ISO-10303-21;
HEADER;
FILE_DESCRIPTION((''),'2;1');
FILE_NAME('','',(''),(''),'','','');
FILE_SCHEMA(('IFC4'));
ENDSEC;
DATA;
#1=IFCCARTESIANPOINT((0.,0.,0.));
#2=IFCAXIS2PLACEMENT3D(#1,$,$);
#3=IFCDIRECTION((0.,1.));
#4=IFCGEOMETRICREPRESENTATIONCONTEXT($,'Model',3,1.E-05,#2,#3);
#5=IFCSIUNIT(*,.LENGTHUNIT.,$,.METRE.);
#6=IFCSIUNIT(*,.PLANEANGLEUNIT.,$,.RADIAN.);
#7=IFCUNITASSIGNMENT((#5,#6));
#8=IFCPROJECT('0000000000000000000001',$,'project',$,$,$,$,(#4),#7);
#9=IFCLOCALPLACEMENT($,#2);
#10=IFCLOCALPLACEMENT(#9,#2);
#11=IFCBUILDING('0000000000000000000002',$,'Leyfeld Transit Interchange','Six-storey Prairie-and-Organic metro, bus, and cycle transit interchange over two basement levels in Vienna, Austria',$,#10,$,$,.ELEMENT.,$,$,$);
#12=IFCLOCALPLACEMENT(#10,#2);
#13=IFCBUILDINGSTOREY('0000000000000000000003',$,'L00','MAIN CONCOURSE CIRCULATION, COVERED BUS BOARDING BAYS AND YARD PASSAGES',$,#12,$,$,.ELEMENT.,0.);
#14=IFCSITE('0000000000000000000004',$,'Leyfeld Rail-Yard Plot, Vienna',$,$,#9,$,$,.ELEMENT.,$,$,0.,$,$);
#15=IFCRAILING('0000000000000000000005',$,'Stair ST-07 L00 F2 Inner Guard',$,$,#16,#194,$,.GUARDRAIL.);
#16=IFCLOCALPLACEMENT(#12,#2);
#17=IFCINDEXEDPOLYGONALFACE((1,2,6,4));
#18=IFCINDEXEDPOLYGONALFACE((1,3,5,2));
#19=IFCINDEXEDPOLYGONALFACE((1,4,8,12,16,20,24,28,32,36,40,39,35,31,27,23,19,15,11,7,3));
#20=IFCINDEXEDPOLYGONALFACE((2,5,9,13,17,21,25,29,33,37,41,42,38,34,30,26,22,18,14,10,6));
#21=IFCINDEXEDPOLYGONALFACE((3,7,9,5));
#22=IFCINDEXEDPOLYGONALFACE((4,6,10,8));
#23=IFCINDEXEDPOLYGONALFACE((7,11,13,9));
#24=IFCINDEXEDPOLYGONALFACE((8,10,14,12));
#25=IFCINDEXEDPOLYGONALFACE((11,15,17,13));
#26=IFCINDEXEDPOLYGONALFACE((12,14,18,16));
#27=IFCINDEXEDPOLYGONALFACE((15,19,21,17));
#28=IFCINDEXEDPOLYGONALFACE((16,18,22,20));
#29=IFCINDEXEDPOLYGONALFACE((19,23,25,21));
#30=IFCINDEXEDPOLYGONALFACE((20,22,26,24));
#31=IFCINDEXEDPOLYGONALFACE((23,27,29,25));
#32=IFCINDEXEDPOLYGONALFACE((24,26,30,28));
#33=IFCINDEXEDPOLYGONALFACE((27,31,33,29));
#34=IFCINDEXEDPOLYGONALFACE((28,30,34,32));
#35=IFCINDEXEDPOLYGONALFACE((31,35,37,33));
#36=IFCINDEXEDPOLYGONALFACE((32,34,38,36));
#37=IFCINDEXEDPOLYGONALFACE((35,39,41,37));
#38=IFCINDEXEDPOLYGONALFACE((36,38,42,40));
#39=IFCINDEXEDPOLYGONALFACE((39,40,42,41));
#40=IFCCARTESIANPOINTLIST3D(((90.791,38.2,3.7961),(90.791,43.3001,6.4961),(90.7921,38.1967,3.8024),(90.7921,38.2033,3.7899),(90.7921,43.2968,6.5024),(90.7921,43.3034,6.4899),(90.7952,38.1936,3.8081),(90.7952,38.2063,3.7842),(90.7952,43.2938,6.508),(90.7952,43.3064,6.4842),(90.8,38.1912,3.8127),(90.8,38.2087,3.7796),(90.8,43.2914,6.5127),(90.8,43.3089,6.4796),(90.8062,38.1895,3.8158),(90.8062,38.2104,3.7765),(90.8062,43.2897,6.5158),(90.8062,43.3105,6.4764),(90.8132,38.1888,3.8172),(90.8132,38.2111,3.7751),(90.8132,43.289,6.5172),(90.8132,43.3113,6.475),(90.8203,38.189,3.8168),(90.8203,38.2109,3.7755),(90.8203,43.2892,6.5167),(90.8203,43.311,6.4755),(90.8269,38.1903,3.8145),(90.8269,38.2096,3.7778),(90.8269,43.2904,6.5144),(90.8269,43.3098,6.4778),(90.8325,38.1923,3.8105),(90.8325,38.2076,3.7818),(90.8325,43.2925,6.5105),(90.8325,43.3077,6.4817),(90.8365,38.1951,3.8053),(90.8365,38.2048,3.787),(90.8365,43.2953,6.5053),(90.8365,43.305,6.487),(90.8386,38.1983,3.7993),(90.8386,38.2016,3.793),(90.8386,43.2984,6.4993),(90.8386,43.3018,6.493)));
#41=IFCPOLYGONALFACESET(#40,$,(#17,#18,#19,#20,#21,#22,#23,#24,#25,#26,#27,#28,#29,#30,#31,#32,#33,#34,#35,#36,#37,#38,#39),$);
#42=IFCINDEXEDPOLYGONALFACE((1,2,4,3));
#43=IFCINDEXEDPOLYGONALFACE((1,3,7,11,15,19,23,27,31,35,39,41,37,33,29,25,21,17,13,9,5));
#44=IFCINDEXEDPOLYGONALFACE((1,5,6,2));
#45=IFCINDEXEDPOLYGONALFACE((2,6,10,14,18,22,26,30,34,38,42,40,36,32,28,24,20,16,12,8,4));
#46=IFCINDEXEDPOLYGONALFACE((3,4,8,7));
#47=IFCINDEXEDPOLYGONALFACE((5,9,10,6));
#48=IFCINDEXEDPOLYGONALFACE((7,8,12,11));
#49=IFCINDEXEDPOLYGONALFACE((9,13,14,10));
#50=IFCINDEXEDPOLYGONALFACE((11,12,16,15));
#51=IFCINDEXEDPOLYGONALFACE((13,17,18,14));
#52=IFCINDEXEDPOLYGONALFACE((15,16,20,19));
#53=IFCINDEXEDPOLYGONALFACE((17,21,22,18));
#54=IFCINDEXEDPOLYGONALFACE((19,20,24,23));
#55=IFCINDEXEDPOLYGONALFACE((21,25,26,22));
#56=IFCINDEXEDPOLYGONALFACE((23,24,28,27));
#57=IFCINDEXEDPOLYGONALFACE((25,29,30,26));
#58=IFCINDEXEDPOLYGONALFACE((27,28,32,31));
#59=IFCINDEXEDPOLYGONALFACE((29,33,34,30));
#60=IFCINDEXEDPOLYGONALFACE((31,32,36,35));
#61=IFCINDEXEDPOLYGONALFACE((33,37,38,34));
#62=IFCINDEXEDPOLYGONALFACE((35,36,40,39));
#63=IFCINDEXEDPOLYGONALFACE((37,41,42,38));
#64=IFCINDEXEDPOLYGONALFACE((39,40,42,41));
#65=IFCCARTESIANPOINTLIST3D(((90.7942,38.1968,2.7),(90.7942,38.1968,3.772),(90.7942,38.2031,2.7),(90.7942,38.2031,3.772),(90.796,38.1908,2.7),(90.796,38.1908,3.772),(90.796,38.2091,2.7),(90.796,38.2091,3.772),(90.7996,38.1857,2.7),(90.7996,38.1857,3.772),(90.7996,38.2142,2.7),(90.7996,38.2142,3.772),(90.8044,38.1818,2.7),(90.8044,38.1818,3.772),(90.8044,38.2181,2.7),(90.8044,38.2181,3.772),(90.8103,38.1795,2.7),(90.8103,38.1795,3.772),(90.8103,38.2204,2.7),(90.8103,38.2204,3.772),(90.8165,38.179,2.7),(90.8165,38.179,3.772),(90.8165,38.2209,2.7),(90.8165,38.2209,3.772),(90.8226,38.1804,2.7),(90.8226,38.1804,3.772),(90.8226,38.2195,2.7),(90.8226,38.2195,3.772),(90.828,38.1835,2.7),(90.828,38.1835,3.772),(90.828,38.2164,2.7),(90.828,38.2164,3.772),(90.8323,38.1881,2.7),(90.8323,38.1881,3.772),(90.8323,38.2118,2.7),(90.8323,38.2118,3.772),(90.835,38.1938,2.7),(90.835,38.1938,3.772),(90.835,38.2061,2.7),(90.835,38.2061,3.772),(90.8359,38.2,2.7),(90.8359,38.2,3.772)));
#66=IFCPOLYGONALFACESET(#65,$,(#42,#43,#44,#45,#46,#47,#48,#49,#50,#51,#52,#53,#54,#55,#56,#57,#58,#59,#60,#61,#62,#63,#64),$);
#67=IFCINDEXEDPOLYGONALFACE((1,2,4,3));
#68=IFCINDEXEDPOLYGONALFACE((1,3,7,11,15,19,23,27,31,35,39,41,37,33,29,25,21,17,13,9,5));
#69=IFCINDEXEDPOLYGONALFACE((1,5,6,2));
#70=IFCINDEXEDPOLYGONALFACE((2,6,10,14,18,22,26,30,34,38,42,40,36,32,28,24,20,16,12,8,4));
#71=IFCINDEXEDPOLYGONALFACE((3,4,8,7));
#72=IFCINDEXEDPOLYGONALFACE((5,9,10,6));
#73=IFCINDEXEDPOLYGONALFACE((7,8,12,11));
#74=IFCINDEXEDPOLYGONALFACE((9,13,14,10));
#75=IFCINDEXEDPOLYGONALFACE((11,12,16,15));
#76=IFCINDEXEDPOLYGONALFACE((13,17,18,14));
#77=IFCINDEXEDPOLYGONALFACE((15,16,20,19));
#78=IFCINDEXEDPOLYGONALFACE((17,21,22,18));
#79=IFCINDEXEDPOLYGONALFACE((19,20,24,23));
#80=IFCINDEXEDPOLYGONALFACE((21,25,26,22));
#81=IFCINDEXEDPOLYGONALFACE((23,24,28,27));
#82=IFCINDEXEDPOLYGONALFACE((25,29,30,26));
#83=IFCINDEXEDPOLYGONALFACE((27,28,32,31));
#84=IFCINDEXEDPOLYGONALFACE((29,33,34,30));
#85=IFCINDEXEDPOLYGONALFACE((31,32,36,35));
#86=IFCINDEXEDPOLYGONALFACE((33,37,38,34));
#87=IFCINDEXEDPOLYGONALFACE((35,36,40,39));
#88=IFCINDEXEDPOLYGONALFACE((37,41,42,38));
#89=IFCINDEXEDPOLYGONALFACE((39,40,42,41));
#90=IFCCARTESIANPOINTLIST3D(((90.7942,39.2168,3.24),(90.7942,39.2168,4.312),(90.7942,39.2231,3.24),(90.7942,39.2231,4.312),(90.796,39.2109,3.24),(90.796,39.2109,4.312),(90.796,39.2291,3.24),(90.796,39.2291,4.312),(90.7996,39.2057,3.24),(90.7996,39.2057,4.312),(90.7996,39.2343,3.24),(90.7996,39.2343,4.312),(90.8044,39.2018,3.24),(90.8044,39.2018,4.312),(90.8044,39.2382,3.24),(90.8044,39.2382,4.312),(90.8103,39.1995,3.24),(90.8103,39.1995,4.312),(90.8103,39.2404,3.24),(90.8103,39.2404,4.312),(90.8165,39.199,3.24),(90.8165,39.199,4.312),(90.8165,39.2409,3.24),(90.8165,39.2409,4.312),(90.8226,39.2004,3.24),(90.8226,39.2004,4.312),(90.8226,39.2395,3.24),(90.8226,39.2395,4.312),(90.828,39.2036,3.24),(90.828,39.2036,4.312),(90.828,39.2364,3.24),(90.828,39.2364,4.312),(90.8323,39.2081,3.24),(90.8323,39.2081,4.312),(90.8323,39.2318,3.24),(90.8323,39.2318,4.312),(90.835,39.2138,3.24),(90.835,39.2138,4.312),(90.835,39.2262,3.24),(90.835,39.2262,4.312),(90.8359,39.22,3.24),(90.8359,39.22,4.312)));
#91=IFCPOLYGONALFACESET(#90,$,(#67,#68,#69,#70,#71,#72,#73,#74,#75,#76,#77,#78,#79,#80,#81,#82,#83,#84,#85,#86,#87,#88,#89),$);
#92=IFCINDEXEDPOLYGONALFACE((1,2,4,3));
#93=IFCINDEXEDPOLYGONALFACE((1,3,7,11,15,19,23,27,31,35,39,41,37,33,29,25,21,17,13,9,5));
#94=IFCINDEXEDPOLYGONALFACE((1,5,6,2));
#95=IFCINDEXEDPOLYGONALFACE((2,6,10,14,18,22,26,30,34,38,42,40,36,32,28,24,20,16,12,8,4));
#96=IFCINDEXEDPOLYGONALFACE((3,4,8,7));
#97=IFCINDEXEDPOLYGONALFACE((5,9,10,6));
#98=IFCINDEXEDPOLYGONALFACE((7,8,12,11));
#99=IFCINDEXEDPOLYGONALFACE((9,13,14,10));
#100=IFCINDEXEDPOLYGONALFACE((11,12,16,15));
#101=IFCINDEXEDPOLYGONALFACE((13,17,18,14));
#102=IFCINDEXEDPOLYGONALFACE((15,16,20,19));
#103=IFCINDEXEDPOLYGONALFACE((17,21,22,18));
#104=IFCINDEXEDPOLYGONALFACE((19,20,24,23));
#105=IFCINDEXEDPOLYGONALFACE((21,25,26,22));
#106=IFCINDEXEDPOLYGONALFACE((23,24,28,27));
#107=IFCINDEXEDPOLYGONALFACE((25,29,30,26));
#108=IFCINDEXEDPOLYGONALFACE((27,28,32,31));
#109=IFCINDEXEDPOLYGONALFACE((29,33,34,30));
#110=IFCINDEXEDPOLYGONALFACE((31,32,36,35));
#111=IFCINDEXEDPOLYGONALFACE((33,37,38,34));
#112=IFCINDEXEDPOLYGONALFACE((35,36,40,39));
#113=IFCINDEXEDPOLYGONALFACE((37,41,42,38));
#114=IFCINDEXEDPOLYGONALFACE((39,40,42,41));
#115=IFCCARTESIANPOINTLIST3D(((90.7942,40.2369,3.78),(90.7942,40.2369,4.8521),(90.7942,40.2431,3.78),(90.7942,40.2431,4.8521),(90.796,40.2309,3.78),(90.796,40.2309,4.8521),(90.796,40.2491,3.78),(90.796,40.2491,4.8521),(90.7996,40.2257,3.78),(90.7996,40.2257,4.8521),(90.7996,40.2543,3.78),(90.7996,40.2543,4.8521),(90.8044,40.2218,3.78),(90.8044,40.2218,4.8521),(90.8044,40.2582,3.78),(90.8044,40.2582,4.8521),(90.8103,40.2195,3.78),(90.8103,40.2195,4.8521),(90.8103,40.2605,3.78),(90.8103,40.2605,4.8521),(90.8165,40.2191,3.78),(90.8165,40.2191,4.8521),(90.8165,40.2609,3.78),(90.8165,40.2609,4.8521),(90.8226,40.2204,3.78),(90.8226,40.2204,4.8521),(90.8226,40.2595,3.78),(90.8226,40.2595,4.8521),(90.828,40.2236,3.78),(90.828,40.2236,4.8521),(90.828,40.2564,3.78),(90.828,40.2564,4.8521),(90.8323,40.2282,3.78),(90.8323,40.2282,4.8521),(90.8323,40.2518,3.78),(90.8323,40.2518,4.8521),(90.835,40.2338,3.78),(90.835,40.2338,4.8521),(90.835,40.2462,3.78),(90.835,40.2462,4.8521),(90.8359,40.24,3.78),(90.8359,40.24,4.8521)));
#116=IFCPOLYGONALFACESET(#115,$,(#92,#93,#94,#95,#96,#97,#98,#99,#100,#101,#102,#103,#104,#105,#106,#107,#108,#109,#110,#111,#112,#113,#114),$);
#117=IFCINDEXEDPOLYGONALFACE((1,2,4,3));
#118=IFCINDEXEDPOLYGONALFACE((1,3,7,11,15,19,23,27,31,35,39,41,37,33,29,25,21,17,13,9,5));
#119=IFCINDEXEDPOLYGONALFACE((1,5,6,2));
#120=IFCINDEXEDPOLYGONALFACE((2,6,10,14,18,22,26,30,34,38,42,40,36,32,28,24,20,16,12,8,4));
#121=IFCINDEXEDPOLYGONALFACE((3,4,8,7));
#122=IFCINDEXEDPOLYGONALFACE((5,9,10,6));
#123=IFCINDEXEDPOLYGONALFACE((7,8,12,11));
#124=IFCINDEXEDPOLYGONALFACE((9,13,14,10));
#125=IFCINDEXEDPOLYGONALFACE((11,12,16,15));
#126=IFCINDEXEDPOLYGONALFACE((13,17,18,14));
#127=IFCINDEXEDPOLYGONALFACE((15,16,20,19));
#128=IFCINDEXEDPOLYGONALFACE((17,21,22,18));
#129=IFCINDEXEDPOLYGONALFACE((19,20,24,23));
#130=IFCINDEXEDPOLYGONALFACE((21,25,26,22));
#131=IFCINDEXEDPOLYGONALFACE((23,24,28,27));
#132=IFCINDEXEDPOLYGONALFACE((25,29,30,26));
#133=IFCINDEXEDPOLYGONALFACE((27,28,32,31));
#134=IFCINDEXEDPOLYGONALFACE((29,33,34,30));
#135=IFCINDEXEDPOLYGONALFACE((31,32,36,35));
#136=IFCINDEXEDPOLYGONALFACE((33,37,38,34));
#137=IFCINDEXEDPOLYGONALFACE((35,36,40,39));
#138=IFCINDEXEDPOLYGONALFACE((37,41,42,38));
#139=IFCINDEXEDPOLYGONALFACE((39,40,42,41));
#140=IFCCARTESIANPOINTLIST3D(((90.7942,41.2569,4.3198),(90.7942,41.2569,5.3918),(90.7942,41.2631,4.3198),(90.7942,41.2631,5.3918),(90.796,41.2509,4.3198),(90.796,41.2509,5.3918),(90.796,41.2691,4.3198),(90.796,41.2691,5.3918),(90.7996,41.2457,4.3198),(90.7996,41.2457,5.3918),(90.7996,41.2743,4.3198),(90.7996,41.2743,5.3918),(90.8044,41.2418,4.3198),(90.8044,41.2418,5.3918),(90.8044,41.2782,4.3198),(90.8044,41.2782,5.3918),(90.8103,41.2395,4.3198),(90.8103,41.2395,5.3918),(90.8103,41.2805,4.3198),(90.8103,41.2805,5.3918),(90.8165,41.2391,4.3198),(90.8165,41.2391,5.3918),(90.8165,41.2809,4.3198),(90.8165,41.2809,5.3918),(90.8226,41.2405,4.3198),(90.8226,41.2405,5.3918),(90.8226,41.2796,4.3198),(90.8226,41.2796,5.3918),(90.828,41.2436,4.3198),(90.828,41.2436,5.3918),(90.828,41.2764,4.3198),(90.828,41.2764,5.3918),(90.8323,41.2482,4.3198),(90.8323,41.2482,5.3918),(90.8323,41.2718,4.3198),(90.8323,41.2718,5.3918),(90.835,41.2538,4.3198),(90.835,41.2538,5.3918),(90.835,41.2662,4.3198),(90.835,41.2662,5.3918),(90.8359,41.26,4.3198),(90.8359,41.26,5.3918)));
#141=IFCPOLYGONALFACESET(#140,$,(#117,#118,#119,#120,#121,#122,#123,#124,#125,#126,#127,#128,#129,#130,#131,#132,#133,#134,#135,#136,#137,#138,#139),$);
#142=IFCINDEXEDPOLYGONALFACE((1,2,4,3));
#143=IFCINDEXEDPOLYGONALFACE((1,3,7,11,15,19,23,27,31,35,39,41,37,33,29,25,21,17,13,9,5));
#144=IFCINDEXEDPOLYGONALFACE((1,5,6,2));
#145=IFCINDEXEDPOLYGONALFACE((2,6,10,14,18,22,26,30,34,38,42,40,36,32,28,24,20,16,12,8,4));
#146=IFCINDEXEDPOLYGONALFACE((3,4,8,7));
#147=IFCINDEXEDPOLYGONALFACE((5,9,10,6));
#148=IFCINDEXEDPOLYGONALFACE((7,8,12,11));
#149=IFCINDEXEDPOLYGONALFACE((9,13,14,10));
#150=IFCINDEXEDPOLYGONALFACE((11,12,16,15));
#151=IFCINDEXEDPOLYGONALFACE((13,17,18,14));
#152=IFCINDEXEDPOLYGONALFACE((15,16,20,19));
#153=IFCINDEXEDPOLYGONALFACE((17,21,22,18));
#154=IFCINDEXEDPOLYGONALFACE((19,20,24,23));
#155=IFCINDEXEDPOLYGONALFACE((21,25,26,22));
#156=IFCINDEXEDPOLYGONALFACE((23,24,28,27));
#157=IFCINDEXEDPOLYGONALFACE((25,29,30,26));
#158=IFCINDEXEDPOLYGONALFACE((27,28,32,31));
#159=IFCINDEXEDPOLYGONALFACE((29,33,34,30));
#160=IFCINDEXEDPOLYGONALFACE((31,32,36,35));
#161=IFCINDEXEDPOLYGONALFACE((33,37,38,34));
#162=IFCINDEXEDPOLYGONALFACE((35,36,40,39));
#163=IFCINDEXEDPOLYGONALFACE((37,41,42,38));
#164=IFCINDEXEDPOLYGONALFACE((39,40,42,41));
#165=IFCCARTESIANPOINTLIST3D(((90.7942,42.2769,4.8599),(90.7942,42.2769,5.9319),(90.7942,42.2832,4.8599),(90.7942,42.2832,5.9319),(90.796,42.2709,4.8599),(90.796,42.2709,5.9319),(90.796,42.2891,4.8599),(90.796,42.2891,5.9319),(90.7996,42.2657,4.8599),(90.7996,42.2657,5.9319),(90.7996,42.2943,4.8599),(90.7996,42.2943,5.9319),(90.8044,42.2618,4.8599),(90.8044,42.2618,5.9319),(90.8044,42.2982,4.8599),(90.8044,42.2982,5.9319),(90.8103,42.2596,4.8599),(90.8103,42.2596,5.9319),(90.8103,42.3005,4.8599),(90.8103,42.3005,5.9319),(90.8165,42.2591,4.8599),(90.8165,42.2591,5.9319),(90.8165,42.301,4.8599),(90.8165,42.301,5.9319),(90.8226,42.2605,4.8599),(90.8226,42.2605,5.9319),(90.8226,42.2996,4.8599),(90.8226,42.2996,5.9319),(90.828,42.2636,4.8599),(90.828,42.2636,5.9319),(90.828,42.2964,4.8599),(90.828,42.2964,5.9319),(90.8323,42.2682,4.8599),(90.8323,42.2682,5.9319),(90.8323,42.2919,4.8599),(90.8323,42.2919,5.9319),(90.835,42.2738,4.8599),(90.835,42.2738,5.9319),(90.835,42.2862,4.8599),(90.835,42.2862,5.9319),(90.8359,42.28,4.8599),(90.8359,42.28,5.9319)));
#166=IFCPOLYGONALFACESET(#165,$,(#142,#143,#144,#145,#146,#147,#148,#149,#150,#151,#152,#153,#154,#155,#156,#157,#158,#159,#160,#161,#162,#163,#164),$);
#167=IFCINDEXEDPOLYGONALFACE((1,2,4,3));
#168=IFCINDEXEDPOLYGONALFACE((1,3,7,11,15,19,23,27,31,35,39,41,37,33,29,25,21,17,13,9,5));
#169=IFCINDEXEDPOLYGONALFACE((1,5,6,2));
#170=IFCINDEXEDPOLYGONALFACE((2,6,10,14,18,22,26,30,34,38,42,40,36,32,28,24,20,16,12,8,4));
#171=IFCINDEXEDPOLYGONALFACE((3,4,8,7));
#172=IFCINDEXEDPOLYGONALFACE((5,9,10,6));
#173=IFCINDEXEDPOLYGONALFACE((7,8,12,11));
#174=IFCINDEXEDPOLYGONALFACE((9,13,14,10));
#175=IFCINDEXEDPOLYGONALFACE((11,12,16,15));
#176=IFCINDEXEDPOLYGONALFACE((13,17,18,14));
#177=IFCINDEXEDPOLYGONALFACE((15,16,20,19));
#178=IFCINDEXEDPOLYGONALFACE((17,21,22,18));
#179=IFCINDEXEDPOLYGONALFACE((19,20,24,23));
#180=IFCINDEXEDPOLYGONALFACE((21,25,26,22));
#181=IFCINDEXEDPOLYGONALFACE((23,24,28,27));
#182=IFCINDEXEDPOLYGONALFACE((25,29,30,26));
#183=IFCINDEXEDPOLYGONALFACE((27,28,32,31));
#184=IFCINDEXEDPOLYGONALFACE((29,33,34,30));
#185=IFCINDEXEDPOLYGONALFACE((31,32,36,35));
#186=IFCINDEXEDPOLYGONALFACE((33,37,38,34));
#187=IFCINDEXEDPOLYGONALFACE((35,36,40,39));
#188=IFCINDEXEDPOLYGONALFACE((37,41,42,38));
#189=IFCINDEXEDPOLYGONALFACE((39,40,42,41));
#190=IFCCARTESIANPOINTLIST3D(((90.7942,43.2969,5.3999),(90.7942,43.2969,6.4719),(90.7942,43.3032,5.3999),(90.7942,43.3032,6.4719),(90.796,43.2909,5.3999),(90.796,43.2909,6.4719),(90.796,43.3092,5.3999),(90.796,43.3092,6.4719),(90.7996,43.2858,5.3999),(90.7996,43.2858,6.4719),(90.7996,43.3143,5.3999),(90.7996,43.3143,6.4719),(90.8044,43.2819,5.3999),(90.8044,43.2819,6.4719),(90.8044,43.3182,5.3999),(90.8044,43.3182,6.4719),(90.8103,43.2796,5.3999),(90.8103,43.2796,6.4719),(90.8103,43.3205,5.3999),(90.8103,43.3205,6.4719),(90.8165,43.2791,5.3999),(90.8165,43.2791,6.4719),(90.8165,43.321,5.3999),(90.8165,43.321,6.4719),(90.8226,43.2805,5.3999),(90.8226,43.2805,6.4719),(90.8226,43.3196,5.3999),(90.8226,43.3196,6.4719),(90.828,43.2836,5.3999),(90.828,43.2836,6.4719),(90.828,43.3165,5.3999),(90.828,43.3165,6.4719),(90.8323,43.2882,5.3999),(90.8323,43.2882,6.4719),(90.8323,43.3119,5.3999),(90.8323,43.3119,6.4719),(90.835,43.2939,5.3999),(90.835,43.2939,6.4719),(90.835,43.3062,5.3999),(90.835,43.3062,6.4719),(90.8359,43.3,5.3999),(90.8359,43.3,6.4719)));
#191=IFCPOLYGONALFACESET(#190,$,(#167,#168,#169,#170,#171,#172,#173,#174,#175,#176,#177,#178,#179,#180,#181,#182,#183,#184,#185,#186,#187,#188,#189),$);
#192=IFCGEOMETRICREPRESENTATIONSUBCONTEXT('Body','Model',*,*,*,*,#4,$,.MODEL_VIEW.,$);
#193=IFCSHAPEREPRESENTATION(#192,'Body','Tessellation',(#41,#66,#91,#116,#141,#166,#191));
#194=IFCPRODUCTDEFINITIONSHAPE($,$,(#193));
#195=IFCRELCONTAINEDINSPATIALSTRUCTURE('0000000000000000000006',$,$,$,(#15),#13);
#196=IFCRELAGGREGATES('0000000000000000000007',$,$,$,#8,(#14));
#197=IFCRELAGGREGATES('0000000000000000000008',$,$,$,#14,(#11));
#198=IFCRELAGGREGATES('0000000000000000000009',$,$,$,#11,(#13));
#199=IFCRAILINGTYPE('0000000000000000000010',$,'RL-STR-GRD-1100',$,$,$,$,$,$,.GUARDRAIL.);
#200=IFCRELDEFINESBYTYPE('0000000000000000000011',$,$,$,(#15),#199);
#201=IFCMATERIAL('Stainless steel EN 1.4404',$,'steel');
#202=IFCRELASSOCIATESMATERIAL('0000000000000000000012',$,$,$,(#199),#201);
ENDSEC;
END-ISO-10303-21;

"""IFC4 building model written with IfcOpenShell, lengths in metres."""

from ifc_helpers import new_model, si_unit, direction, frame, origin, origin_2d, place, context, subcontext, project, spatial, circle, extrude, material, type_object, element, save


model = new_model("IFC4")

# Units and contexts
model_context = context("Model", 3, precision=1e-05, world=origin(), true_north=direction((0.0, 1.0)))
body_context = subcontext(model_context, "Body", "Model", "MODEL_VIEW")
ifc_project = project(units=[si_unit("LENGTHUNIT", "METRE"), si_unit("PLANEANGLEUNIT", "RADIAN")], contexts=[model_context])

# Site, building, storey
site_placement = place(None, origin())
site = spatial("IfcSite", under=ifc_project, at=site_placement, Name="Leyfeld Rail-Yard Plot, Vienna", CompositionType="ELEMENT", RefElevation=0.0)
building_placement = place(site_placement, origin())
building = spatial("IfcBuilding", under=site, at=building_placement, Name="Leyfeld Transit Interchange", Description="Six-storey Prairie-and-Organic metro, bus, and cycle transit interchange over two basement levels in Vienna, Austria", CompositionType="ELEMENT")
storey_placement = place(building_placement, origin())
storey = spatial("IfcBuildingStorey", under=building, at=storey_placement, Name="L00", Description="MAIN CONCOURSE CIRCULATION, COVERED BUS BOARDING BAYS AND YARD PASSAGES", CompositionType="ELEMENT", Elevation=0.0)

# Railing
ifc_material_1 = material(Name="Stainless steel EN 1.4404", Category="steel")
railing_type_1 = type_object("IfcRailingType", Name="RL-STR-GRD-1100", PredefinedType="GUARDRAIL", material=ifc_material_1)
railing_1_placement = place(storey_placement, frame((90.8149, 38.2, 2.7)))
element("IfcRailing", 1, at=railing_1_placement, inside=storey, type_object=railing_type_1, Name="Stair ST-07 L00 F2 Inner Guard", PredefinedType="GUARDRAIL", context=body_context, shape_type="SweptSolid", body=[
    extrude(circle(Radius=0.0239, at=origin_2d()), frame((0.0, 0.0, 1.0962), z_axis=(0.0, 0.883795, 0.467874), x_axis=(-1.0, 0.0, 0.0)), (0.0, 0.0, 1.0), 5.7708),
    extrude(circle(Radius=0.021, at=origin_2d()), origin(), (0.0, 0.0, 1.0), 1.072),
    extrude(circle(Radius=0.021, at=origin_2d()), frame((0.0, 1.02, 0.54)), (0.0, 0.0, 1.0), 1.072),
    extrude(circle(Radius=0.021, at=origin_2d()), frame((0.0, 2.04, 1.0801)), (0.0, 0.0, 1.0), 1.072),
    extrude(circle(Radius=0.021, at=origin_2d()), frame((0.0, 3.0601, 1.6199)), (0.0, 0.0, 1.0), 1.072),
    extrude(circle(Radius=0.021, at=origin_2d()), frame((0.0, 4.0801, 2.1599)), (0.0, 0.0, 1.0), 1.072),
    extrude(circle(Radius=0.021, at=origin_2d()), frame((0.0, 5.1001, 2.7)), (0.0, 0.0, 1.0), 1.072),
])

save(model, "model.ifc")
